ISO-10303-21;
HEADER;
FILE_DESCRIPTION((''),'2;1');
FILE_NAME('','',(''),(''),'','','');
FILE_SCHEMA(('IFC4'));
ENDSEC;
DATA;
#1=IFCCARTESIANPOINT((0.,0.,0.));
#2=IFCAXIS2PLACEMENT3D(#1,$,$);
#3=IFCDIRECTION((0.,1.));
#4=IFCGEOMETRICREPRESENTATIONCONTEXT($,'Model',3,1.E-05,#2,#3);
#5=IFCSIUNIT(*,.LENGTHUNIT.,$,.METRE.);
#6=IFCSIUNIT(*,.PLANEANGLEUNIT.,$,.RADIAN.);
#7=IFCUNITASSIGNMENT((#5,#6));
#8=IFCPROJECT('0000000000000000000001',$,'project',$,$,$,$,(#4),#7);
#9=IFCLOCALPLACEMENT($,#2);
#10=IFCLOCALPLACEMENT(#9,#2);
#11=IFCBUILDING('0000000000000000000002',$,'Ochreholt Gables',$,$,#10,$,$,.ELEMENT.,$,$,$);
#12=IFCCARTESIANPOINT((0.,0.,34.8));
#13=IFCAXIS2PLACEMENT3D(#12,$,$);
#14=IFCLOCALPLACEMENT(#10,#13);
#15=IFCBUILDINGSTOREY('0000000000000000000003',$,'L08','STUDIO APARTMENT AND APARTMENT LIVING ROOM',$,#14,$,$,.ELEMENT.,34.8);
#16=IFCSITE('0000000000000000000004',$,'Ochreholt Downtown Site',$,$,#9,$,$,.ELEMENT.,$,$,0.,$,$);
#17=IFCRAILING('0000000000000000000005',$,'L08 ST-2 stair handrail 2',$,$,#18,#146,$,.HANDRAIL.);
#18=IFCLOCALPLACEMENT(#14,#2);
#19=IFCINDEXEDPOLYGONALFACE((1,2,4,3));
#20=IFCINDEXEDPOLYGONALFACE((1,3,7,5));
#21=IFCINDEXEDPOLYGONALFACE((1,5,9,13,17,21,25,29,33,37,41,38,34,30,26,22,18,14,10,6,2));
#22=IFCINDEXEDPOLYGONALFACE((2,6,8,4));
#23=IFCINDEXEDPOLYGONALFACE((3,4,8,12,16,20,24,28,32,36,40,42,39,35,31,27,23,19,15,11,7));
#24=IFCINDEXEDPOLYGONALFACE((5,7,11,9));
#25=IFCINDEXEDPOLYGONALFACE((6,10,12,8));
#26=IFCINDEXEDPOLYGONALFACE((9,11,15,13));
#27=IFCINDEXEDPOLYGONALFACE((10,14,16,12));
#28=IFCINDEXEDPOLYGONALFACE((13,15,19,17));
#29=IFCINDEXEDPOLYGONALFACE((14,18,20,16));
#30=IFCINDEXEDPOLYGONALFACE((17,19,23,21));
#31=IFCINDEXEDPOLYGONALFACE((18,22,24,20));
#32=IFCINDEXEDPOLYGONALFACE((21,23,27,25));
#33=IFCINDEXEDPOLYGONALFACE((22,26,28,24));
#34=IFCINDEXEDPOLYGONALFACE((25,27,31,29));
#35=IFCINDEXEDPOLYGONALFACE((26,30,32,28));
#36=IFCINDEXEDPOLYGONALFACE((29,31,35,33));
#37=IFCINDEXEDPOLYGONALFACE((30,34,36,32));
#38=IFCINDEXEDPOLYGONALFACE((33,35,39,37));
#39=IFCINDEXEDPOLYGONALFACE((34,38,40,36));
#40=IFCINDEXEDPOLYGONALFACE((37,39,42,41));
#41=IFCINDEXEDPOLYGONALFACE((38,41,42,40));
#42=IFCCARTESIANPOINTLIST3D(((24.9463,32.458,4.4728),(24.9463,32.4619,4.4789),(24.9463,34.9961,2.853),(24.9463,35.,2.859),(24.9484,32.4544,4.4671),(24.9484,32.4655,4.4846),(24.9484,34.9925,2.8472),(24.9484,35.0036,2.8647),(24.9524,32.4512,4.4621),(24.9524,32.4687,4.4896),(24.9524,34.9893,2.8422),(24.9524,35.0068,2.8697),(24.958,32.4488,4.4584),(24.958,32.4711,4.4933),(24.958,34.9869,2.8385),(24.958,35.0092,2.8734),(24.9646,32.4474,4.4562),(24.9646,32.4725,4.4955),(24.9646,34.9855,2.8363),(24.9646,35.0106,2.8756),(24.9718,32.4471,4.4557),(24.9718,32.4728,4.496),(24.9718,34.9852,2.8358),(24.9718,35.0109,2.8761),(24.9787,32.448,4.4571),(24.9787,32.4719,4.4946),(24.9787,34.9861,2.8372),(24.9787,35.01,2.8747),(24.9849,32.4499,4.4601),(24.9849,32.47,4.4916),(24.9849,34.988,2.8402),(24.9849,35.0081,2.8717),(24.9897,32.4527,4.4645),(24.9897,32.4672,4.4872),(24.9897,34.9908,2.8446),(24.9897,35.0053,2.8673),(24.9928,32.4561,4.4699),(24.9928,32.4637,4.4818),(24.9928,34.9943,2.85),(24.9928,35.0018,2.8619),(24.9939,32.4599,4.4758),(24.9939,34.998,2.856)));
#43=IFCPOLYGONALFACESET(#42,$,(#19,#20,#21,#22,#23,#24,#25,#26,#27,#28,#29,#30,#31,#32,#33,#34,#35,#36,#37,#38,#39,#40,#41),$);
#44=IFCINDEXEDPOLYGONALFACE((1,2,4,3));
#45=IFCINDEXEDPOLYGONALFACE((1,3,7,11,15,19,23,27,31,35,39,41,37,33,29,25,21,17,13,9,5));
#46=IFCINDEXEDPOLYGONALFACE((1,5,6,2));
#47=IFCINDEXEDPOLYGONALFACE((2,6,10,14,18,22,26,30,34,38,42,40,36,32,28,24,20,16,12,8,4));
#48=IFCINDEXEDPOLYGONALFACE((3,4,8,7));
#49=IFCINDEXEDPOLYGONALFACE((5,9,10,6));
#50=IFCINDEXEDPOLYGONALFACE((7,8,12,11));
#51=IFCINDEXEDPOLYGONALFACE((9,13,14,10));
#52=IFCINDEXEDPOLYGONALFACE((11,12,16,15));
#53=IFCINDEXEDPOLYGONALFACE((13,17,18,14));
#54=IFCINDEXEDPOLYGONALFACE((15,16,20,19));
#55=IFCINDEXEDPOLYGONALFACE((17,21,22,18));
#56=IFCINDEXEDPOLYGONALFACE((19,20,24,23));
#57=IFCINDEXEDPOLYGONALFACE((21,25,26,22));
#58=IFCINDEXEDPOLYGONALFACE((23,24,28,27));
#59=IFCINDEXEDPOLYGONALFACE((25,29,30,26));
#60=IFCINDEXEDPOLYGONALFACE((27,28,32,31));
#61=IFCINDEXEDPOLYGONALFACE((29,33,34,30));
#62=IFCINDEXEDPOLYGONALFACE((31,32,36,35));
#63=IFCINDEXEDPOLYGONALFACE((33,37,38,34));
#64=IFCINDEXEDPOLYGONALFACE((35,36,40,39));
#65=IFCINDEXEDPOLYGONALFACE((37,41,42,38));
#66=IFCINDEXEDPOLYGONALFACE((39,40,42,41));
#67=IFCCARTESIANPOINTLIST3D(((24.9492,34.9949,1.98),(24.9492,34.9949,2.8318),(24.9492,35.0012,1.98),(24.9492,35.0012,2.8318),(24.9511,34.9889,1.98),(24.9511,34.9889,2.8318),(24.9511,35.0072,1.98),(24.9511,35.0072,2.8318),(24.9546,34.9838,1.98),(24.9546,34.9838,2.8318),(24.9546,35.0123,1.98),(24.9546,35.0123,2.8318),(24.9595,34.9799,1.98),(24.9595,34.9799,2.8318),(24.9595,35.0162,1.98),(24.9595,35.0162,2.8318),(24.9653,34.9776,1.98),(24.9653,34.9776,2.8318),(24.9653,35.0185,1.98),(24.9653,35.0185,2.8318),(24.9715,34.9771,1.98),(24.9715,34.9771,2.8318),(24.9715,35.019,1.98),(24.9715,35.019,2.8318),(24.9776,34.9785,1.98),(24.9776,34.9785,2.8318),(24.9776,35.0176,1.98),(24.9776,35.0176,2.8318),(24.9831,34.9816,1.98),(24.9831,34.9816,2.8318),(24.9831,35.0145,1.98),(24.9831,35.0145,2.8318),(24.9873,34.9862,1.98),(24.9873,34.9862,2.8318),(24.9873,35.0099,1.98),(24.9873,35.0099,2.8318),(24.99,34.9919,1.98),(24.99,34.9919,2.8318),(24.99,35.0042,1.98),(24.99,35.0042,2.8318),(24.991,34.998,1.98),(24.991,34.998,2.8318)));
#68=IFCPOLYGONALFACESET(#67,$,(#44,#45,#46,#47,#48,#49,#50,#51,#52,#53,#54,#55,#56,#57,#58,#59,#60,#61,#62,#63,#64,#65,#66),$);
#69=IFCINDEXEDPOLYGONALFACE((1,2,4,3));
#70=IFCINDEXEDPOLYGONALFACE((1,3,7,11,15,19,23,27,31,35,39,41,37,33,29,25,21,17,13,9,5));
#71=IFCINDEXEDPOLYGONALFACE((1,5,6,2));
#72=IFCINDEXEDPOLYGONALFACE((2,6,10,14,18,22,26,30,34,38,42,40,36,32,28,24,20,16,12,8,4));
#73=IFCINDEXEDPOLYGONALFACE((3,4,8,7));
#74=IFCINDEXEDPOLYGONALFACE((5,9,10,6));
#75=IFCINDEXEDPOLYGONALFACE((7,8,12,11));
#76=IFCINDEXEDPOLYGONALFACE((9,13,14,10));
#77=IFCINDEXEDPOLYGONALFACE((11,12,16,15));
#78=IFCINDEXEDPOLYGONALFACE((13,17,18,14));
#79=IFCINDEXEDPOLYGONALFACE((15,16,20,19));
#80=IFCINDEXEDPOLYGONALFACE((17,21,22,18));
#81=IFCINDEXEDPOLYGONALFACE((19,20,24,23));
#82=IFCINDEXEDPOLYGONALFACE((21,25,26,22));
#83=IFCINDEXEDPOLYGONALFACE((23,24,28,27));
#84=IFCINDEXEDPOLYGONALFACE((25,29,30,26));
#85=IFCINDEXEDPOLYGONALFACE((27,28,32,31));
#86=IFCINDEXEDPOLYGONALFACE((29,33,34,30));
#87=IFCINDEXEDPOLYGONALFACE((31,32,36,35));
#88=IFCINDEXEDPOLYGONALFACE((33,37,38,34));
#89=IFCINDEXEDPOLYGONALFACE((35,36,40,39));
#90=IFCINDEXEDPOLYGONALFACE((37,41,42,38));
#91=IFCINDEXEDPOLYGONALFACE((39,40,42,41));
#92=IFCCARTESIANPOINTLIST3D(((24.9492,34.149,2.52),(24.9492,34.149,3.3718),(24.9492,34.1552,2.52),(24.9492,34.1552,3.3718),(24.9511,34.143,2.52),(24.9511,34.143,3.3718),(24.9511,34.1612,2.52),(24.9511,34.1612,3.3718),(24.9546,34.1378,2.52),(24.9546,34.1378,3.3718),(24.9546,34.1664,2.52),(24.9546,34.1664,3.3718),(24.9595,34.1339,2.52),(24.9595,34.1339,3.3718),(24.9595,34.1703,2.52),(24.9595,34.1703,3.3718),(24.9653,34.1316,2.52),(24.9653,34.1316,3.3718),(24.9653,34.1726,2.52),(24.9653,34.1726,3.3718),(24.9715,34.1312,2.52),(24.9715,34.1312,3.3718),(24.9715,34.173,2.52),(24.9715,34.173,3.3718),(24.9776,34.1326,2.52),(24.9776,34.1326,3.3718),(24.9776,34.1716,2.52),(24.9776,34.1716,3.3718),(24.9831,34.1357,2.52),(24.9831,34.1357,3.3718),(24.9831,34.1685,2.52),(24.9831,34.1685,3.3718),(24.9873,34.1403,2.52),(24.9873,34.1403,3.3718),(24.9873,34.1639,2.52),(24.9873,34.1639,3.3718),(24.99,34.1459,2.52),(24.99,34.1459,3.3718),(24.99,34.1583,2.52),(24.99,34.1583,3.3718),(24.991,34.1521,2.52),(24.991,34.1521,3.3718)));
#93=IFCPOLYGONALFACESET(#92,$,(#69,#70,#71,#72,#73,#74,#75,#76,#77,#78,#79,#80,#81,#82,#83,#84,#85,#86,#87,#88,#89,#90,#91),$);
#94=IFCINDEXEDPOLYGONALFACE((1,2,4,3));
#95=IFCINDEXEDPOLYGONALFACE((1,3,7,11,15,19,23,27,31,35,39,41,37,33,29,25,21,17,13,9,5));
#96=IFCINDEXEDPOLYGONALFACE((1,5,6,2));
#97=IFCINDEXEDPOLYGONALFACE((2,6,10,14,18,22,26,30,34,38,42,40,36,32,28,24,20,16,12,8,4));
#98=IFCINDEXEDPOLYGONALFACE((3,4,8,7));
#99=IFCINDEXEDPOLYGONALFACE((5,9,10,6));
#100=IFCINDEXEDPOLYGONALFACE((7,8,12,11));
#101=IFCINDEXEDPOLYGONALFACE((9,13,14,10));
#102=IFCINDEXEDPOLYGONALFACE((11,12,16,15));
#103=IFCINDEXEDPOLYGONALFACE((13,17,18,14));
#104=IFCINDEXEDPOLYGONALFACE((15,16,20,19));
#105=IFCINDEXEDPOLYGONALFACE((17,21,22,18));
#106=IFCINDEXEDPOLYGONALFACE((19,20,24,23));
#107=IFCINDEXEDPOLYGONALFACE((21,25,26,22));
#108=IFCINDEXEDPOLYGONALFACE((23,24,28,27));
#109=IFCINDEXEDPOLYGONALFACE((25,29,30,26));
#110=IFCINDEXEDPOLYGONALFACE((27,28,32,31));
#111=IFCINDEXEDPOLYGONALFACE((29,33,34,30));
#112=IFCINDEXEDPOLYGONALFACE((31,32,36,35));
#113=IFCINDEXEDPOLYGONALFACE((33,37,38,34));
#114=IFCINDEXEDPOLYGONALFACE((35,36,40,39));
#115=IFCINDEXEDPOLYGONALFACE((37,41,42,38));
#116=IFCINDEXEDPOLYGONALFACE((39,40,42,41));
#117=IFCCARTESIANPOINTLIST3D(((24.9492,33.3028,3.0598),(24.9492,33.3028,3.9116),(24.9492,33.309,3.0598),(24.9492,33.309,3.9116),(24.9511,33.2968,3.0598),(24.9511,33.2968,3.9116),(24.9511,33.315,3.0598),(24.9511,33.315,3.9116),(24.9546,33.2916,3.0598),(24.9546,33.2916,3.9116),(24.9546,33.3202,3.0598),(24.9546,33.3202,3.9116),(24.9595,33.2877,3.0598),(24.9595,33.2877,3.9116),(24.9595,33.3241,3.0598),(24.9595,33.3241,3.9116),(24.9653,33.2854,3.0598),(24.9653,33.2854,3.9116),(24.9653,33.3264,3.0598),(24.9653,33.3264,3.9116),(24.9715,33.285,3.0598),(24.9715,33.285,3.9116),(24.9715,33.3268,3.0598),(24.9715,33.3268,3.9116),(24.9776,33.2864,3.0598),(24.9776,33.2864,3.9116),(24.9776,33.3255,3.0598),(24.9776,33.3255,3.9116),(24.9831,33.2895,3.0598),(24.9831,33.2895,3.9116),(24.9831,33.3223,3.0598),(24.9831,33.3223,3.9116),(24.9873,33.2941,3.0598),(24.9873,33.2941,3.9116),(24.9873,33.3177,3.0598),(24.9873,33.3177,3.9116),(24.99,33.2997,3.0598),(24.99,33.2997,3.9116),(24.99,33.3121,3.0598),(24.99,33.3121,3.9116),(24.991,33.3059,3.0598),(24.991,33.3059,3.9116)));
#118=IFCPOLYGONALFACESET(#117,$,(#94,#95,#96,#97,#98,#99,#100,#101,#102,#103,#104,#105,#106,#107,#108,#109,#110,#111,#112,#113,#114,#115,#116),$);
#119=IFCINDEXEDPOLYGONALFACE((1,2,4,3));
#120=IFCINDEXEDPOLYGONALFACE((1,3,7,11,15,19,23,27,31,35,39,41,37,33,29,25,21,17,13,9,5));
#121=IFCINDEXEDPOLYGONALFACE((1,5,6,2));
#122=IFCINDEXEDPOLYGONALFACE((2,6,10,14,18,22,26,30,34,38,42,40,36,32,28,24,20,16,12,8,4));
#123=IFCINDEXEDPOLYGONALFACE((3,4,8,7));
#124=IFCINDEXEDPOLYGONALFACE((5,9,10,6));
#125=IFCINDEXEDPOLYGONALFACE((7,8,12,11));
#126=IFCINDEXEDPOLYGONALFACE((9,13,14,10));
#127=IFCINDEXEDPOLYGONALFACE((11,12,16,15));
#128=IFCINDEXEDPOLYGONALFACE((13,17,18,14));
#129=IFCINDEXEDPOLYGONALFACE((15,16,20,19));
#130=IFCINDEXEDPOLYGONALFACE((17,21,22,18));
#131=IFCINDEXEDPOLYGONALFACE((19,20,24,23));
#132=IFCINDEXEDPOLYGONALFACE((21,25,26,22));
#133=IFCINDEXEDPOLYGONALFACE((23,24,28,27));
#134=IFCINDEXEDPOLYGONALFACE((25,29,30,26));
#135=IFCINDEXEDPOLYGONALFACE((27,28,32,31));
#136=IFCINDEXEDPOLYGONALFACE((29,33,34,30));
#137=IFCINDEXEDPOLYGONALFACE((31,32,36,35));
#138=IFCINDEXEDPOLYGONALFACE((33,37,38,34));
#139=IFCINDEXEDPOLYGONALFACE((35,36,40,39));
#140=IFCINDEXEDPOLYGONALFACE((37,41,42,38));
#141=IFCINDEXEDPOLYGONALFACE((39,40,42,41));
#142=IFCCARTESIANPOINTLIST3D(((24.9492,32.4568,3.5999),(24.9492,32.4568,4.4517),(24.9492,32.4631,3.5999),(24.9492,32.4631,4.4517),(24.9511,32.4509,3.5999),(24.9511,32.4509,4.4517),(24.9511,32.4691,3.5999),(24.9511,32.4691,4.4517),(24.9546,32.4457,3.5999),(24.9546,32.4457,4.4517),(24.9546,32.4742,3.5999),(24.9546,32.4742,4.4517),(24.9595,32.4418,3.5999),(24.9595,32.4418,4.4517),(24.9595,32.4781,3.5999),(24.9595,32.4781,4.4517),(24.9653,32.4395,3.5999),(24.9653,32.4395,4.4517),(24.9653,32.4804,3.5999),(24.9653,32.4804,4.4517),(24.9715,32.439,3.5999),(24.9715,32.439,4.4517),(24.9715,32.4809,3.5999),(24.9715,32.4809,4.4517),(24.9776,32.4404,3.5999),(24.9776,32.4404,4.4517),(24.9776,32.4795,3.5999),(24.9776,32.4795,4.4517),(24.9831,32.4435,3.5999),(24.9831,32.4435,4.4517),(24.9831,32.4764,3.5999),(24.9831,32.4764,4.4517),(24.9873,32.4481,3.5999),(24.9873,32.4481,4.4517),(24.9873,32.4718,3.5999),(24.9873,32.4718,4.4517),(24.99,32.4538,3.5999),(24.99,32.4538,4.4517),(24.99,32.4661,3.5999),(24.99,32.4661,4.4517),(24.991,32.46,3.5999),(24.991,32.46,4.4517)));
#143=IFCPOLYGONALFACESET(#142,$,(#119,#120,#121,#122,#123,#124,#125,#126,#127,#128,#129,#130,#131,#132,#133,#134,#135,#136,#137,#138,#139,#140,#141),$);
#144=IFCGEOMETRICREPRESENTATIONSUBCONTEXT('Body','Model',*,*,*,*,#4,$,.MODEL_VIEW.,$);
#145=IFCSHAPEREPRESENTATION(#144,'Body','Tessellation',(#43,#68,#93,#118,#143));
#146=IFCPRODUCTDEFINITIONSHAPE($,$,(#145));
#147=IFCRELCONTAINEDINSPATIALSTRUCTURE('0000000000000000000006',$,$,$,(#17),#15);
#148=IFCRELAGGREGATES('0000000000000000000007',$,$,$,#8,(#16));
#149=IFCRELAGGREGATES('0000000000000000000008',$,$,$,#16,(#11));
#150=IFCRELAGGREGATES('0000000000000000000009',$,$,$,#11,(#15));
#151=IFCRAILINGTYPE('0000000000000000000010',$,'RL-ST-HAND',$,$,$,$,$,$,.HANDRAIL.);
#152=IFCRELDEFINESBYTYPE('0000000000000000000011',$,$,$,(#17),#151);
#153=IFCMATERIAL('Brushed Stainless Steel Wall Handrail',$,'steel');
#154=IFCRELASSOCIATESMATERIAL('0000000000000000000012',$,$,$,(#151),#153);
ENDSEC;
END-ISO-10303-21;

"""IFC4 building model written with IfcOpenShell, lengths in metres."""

from ifc_helpers import new_model, si_unit, direction, frame, origin, origin_2d, place, context, subcontext, project, spatial, circle, extrude, material, type_object, element, save


model = new_model("IFC4")

# Units and contexts
model_context = context("Model", 3, precision=1e-05, world=origin(), true_north=direction((0.0, 1.0)))
body_context = subcontext(model_context, "Body", "Model", "MODEL_VIEW")
ifc_project = project(units=[si_unit("LENGTHUNIT", "METRE"), si_unit("PLANEANGLEUNIT", "RADIAN")], contexts=[model_context])

# Site, building, storey
site_placement = place(None, origin())
site = spatial("IfcSite", under=ifc_project, at=site_placement, Name="Ochreholt Downtown Site", CompositionType="ELEMENT", RefElevation=0.0)
building_placement = place(site_placement, origin())
building = spatial("IfcBuilding", under=site, at=building_placement, Name="Ochreholt Gables", CompositionType="ELEMENT")
storey_placement = place(building_placement, frame((0.0, 0.0, 34.8)))
storey = spatial("IfcBuildingStorey", under=building, at=storey_placement, Name="L08", Description="STUDIO APARTMENT AND APARTMENT LIVING ROOM", CompositionType="ELEMENT", Elevation=34.8)

# Railing
ifc_material_1 = material(Name="Brushed Stainless Steel Wall Handrail", Category="steel")
railing_type_1 = type_object("IfcRailingType", Name="RL-ST-HAND", PredefinedType="HANDRAIL", material=ifc_material_1)
railing_1_placement = place(storey_placement, frame((24.97, 34.998, 1.98)))
element("IfcRailing", 1, at=railing_1_placement, inside=storey, type_object=railing_type_1, Name="L08 ST-2 stair handrail 2", PredefinedType="HANDRAIL", context=body_context, shape_type="SweptSolid", body=[
    extrude(circle(Radius=0.0239, at=origin_2d()), frame((0.0, 0.0, 0.876), z_axis=(0.0, -0.84295, 0.537993), x_axis=(1.0, 0.0, 0.0)), (0.0, 0.0, 1.0), 3.011),
    extrude(circle(Radius=0.021, at=origin_2d()), origin(), (0.0, 0.0, 1.0), 0.8518),
    extrude(circle(Radius=0.021, at=origin_2d()), frame((0.0, -0.8459, 0.54)), (0.0, 0.0, 1.0), 0.8518),
    extrude(circle(Radius=0.021, at=origin_2d()), frame((0.0, -1.6921, 1.0798)), (0.0, 0.0, 1.0), 0.8518),
    extrude(circle(Radius=0.021, at=origin_2d()), frame((0.0, -2.5381, 1.6199)), (0.0, 0.0, 1.0), 0.8518),
])

save(model, "model.ifc")
